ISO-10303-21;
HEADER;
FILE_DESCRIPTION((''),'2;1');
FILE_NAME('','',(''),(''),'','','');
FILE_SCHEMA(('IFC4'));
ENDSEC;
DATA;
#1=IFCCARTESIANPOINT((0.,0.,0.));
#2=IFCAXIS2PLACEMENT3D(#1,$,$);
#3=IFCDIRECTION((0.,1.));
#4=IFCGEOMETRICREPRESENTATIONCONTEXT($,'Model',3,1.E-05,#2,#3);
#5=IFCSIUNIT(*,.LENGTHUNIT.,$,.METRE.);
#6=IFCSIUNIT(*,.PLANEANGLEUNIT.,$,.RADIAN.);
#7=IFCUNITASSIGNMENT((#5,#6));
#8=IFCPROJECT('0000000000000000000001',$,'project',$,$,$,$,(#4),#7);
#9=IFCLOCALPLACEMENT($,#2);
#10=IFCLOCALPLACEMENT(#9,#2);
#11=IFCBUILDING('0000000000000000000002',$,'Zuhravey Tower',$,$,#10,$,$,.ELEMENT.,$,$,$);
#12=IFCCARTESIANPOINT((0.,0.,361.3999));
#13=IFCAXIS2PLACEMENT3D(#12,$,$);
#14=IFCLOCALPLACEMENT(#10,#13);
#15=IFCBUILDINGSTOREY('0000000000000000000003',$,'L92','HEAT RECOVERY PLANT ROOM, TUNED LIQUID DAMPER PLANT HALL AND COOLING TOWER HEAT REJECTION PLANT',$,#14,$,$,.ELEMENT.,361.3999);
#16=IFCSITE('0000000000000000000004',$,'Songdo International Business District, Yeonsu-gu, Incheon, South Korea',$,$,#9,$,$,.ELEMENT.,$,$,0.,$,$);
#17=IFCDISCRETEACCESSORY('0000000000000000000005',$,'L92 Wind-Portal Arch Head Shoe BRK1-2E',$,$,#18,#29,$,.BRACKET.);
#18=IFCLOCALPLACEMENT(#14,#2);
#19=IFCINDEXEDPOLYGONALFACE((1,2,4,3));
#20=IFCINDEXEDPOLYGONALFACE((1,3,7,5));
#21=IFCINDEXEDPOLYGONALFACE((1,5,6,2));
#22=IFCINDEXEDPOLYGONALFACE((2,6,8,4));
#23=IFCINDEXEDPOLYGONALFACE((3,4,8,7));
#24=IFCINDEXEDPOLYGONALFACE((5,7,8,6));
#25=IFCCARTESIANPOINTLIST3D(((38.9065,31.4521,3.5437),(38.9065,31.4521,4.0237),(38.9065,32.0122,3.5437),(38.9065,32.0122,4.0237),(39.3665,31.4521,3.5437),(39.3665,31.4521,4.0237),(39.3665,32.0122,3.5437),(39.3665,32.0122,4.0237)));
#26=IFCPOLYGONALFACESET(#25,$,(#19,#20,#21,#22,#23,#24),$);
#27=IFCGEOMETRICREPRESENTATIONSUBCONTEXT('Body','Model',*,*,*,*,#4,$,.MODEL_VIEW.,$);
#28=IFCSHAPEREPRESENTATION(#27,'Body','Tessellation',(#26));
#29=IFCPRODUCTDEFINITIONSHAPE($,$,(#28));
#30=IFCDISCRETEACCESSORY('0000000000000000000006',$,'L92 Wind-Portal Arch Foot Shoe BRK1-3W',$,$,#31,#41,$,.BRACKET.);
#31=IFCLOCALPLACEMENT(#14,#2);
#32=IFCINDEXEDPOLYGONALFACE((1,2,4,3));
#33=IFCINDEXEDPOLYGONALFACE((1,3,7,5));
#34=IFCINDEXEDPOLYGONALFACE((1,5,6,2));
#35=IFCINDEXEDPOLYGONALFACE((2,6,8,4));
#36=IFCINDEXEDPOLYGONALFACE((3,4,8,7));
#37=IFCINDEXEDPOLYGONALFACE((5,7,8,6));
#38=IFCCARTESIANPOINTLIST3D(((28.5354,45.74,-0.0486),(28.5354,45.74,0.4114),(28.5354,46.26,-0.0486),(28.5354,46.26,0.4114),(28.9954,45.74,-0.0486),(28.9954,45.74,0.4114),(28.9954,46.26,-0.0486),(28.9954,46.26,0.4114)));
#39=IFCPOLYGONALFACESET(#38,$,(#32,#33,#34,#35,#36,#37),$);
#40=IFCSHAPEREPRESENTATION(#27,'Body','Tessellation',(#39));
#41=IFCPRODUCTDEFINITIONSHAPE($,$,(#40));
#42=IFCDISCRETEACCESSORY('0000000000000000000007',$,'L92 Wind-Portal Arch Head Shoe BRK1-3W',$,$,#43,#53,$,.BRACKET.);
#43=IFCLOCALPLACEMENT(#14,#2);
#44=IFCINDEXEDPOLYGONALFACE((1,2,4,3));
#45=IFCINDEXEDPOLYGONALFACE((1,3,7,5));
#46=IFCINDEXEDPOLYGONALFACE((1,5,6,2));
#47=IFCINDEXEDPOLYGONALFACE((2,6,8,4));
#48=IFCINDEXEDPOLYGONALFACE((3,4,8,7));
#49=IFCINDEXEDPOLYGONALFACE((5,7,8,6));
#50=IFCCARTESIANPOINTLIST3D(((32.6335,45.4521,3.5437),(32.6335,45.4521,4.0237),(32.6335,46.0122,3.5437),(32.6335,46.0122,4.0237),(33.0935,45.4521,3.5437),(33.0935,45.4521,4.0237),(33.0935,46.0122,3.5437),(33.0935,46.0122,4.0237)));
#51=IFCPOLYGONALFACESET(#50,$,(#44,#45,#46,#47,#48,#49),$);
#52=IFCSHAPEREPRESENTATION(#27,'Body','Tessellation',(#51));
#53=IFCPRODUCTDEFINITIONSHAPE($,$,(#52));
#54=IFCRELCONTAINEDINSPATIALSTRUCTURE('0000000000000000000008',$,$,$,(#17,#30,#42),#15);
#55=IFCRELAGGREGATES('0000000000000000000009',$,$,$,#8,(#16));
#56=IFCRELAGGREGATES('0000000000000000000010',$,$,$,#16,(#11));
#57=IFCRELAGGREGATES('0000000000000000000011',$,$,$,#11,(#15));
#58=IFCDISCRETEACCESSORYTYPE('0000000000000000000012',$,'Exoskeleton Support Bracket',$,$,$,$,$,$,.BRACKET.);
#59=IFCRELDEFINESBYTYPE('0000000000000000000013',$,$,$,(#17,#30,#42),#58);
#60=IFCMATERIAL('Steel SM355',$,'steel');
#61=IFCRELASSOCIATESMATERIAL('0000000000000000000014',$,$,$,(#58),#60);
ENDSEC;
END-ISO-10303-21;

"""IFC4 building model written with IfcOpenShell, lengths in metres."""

from ifc_helpers import new_model, si_unit, direction, frame, origin, origin_2d, place, context, subcontext, project, spatial, rectangle, extrude, material, type_object, element, save


model = new_model("IFC4")

# Units and contexts
model_context = context("Model", 3, precision=1e-05, world=origin(), true_north=direction((0.0, 1.0)))
body_context = subcontext(model_context, "Body", "Model", "MODEL_VIEW")
ifc_project = project(units=[si_unit("LENGTHUNIT", "METRE"), si_unit("PLANEANGLEUNIT", "RADIAN")], contexts=[model_context])

# Site, building, storey
site_placement = place(None, origin())
site = spatial("IfcSite", under=ifc_project, at=site_placement, Name="Songdo International Business District, Yeonsu-gu, Incheon, South Korea", CompositionType="ELEMENT", RefElevation=0.0)
building_placement = place(site_placement, origin())
building = spatial("IfcBuilding", under=site, at=building_placement, Name="Zuhravey Tower", CompositionType="ELEMENT")
storey_placement = place(building_placement, frame((0.0, 0.0, 361.3999)))
storey = spatial("IfcBuildingStorey", under=building, at=storey_placement, Name="L92", Description="HEAT RECOVERY PLANT ROOM, TUNED LIQUID DAMPER PLANT HALL AND COOLING TOWER HEAT REJECTION PLANT", CompositionType="ELEMENT", Elevation=361.3999)

# Shared definitions
ifc_material_1 = material(Name="Steel SM355", Category="steel")

# Discrete accessories
discrete_accessory_type = type_object("IfcDiscreteAccessoryType", Name="Exoskeleton Support Bracket", PredefinedType="BRACKET", material=ifc_material_1)
for number, where, z_axis, x_axis, name in (
    (1, (39.1365, 31.7322, 3.5437), (0.0, 0.0, 1.0), (1.0, 0.0, 0.0), "L92 Wind-Portal Arch Head Shoe BRK1-2E"),
):
    element("IfcDiscreteAccessory", number, at=place(storey_placement, frame(where, z_axis=z_axis, x_axis=x_axis)), inside=storey, type_object=discrete_accessory_type, Name=name, PredefinedType="BRACKET", context=body_context, shape_type="SweptSolid", body=[
        extrude(rectangle(XDim=0.46, YDim=0.5601, at=origin_2d()), origin(), (0.0, 0.0, 1.0), 0.48),
    ])
discrete_accessory_1_placement = place(storey_placement, frame((28.7654, 46.0, -0.0486), z_axis=(0.0, 0.0, 1.0), x_axis=(1.0, 0.0, 0.0)))
element("IfcDiscreteAccessory", 2, at=discrete_accessory_1_placement, inside=storey, type_object=discrete_accessory_type, Name="L92 Wind-Portal Arch Foot Shoe BRK1-3W", PredefinedType="BRACKET", context=body_context, shape_type="SweptSolid", body=[
    extrude(rectangle(XDim=0.46, YDim=0.52, at=origin_2d()), origin(), (0.0, 0.0, 1.0), 0.46),
])
discrete_accessory_2_placement = place(storey_placement, frame((32.8635, 45.7322, 3.5437), z_axis=(0.0, 0.0, 1.0), x_axis=(1.0, 0.0, 0.0)))
element("IfcDiscreteAccessory", 3, at=discrete_accessory_2_placement, inside=storey, type_object=discrete_accessory_type, Name="L92 Wind-Portal Arch Head Shoe BRK1-3W", PredefinedType="BRACKET", context=body_context, shape_type="SweptSolid", body=[
    extrude(rectangle(XDim=0.46, YDim=0.5601, at=origin_2d()), origin(), (0.0, 0.0, 1.0), 0.48),
])

save(model, "model.ifc")
